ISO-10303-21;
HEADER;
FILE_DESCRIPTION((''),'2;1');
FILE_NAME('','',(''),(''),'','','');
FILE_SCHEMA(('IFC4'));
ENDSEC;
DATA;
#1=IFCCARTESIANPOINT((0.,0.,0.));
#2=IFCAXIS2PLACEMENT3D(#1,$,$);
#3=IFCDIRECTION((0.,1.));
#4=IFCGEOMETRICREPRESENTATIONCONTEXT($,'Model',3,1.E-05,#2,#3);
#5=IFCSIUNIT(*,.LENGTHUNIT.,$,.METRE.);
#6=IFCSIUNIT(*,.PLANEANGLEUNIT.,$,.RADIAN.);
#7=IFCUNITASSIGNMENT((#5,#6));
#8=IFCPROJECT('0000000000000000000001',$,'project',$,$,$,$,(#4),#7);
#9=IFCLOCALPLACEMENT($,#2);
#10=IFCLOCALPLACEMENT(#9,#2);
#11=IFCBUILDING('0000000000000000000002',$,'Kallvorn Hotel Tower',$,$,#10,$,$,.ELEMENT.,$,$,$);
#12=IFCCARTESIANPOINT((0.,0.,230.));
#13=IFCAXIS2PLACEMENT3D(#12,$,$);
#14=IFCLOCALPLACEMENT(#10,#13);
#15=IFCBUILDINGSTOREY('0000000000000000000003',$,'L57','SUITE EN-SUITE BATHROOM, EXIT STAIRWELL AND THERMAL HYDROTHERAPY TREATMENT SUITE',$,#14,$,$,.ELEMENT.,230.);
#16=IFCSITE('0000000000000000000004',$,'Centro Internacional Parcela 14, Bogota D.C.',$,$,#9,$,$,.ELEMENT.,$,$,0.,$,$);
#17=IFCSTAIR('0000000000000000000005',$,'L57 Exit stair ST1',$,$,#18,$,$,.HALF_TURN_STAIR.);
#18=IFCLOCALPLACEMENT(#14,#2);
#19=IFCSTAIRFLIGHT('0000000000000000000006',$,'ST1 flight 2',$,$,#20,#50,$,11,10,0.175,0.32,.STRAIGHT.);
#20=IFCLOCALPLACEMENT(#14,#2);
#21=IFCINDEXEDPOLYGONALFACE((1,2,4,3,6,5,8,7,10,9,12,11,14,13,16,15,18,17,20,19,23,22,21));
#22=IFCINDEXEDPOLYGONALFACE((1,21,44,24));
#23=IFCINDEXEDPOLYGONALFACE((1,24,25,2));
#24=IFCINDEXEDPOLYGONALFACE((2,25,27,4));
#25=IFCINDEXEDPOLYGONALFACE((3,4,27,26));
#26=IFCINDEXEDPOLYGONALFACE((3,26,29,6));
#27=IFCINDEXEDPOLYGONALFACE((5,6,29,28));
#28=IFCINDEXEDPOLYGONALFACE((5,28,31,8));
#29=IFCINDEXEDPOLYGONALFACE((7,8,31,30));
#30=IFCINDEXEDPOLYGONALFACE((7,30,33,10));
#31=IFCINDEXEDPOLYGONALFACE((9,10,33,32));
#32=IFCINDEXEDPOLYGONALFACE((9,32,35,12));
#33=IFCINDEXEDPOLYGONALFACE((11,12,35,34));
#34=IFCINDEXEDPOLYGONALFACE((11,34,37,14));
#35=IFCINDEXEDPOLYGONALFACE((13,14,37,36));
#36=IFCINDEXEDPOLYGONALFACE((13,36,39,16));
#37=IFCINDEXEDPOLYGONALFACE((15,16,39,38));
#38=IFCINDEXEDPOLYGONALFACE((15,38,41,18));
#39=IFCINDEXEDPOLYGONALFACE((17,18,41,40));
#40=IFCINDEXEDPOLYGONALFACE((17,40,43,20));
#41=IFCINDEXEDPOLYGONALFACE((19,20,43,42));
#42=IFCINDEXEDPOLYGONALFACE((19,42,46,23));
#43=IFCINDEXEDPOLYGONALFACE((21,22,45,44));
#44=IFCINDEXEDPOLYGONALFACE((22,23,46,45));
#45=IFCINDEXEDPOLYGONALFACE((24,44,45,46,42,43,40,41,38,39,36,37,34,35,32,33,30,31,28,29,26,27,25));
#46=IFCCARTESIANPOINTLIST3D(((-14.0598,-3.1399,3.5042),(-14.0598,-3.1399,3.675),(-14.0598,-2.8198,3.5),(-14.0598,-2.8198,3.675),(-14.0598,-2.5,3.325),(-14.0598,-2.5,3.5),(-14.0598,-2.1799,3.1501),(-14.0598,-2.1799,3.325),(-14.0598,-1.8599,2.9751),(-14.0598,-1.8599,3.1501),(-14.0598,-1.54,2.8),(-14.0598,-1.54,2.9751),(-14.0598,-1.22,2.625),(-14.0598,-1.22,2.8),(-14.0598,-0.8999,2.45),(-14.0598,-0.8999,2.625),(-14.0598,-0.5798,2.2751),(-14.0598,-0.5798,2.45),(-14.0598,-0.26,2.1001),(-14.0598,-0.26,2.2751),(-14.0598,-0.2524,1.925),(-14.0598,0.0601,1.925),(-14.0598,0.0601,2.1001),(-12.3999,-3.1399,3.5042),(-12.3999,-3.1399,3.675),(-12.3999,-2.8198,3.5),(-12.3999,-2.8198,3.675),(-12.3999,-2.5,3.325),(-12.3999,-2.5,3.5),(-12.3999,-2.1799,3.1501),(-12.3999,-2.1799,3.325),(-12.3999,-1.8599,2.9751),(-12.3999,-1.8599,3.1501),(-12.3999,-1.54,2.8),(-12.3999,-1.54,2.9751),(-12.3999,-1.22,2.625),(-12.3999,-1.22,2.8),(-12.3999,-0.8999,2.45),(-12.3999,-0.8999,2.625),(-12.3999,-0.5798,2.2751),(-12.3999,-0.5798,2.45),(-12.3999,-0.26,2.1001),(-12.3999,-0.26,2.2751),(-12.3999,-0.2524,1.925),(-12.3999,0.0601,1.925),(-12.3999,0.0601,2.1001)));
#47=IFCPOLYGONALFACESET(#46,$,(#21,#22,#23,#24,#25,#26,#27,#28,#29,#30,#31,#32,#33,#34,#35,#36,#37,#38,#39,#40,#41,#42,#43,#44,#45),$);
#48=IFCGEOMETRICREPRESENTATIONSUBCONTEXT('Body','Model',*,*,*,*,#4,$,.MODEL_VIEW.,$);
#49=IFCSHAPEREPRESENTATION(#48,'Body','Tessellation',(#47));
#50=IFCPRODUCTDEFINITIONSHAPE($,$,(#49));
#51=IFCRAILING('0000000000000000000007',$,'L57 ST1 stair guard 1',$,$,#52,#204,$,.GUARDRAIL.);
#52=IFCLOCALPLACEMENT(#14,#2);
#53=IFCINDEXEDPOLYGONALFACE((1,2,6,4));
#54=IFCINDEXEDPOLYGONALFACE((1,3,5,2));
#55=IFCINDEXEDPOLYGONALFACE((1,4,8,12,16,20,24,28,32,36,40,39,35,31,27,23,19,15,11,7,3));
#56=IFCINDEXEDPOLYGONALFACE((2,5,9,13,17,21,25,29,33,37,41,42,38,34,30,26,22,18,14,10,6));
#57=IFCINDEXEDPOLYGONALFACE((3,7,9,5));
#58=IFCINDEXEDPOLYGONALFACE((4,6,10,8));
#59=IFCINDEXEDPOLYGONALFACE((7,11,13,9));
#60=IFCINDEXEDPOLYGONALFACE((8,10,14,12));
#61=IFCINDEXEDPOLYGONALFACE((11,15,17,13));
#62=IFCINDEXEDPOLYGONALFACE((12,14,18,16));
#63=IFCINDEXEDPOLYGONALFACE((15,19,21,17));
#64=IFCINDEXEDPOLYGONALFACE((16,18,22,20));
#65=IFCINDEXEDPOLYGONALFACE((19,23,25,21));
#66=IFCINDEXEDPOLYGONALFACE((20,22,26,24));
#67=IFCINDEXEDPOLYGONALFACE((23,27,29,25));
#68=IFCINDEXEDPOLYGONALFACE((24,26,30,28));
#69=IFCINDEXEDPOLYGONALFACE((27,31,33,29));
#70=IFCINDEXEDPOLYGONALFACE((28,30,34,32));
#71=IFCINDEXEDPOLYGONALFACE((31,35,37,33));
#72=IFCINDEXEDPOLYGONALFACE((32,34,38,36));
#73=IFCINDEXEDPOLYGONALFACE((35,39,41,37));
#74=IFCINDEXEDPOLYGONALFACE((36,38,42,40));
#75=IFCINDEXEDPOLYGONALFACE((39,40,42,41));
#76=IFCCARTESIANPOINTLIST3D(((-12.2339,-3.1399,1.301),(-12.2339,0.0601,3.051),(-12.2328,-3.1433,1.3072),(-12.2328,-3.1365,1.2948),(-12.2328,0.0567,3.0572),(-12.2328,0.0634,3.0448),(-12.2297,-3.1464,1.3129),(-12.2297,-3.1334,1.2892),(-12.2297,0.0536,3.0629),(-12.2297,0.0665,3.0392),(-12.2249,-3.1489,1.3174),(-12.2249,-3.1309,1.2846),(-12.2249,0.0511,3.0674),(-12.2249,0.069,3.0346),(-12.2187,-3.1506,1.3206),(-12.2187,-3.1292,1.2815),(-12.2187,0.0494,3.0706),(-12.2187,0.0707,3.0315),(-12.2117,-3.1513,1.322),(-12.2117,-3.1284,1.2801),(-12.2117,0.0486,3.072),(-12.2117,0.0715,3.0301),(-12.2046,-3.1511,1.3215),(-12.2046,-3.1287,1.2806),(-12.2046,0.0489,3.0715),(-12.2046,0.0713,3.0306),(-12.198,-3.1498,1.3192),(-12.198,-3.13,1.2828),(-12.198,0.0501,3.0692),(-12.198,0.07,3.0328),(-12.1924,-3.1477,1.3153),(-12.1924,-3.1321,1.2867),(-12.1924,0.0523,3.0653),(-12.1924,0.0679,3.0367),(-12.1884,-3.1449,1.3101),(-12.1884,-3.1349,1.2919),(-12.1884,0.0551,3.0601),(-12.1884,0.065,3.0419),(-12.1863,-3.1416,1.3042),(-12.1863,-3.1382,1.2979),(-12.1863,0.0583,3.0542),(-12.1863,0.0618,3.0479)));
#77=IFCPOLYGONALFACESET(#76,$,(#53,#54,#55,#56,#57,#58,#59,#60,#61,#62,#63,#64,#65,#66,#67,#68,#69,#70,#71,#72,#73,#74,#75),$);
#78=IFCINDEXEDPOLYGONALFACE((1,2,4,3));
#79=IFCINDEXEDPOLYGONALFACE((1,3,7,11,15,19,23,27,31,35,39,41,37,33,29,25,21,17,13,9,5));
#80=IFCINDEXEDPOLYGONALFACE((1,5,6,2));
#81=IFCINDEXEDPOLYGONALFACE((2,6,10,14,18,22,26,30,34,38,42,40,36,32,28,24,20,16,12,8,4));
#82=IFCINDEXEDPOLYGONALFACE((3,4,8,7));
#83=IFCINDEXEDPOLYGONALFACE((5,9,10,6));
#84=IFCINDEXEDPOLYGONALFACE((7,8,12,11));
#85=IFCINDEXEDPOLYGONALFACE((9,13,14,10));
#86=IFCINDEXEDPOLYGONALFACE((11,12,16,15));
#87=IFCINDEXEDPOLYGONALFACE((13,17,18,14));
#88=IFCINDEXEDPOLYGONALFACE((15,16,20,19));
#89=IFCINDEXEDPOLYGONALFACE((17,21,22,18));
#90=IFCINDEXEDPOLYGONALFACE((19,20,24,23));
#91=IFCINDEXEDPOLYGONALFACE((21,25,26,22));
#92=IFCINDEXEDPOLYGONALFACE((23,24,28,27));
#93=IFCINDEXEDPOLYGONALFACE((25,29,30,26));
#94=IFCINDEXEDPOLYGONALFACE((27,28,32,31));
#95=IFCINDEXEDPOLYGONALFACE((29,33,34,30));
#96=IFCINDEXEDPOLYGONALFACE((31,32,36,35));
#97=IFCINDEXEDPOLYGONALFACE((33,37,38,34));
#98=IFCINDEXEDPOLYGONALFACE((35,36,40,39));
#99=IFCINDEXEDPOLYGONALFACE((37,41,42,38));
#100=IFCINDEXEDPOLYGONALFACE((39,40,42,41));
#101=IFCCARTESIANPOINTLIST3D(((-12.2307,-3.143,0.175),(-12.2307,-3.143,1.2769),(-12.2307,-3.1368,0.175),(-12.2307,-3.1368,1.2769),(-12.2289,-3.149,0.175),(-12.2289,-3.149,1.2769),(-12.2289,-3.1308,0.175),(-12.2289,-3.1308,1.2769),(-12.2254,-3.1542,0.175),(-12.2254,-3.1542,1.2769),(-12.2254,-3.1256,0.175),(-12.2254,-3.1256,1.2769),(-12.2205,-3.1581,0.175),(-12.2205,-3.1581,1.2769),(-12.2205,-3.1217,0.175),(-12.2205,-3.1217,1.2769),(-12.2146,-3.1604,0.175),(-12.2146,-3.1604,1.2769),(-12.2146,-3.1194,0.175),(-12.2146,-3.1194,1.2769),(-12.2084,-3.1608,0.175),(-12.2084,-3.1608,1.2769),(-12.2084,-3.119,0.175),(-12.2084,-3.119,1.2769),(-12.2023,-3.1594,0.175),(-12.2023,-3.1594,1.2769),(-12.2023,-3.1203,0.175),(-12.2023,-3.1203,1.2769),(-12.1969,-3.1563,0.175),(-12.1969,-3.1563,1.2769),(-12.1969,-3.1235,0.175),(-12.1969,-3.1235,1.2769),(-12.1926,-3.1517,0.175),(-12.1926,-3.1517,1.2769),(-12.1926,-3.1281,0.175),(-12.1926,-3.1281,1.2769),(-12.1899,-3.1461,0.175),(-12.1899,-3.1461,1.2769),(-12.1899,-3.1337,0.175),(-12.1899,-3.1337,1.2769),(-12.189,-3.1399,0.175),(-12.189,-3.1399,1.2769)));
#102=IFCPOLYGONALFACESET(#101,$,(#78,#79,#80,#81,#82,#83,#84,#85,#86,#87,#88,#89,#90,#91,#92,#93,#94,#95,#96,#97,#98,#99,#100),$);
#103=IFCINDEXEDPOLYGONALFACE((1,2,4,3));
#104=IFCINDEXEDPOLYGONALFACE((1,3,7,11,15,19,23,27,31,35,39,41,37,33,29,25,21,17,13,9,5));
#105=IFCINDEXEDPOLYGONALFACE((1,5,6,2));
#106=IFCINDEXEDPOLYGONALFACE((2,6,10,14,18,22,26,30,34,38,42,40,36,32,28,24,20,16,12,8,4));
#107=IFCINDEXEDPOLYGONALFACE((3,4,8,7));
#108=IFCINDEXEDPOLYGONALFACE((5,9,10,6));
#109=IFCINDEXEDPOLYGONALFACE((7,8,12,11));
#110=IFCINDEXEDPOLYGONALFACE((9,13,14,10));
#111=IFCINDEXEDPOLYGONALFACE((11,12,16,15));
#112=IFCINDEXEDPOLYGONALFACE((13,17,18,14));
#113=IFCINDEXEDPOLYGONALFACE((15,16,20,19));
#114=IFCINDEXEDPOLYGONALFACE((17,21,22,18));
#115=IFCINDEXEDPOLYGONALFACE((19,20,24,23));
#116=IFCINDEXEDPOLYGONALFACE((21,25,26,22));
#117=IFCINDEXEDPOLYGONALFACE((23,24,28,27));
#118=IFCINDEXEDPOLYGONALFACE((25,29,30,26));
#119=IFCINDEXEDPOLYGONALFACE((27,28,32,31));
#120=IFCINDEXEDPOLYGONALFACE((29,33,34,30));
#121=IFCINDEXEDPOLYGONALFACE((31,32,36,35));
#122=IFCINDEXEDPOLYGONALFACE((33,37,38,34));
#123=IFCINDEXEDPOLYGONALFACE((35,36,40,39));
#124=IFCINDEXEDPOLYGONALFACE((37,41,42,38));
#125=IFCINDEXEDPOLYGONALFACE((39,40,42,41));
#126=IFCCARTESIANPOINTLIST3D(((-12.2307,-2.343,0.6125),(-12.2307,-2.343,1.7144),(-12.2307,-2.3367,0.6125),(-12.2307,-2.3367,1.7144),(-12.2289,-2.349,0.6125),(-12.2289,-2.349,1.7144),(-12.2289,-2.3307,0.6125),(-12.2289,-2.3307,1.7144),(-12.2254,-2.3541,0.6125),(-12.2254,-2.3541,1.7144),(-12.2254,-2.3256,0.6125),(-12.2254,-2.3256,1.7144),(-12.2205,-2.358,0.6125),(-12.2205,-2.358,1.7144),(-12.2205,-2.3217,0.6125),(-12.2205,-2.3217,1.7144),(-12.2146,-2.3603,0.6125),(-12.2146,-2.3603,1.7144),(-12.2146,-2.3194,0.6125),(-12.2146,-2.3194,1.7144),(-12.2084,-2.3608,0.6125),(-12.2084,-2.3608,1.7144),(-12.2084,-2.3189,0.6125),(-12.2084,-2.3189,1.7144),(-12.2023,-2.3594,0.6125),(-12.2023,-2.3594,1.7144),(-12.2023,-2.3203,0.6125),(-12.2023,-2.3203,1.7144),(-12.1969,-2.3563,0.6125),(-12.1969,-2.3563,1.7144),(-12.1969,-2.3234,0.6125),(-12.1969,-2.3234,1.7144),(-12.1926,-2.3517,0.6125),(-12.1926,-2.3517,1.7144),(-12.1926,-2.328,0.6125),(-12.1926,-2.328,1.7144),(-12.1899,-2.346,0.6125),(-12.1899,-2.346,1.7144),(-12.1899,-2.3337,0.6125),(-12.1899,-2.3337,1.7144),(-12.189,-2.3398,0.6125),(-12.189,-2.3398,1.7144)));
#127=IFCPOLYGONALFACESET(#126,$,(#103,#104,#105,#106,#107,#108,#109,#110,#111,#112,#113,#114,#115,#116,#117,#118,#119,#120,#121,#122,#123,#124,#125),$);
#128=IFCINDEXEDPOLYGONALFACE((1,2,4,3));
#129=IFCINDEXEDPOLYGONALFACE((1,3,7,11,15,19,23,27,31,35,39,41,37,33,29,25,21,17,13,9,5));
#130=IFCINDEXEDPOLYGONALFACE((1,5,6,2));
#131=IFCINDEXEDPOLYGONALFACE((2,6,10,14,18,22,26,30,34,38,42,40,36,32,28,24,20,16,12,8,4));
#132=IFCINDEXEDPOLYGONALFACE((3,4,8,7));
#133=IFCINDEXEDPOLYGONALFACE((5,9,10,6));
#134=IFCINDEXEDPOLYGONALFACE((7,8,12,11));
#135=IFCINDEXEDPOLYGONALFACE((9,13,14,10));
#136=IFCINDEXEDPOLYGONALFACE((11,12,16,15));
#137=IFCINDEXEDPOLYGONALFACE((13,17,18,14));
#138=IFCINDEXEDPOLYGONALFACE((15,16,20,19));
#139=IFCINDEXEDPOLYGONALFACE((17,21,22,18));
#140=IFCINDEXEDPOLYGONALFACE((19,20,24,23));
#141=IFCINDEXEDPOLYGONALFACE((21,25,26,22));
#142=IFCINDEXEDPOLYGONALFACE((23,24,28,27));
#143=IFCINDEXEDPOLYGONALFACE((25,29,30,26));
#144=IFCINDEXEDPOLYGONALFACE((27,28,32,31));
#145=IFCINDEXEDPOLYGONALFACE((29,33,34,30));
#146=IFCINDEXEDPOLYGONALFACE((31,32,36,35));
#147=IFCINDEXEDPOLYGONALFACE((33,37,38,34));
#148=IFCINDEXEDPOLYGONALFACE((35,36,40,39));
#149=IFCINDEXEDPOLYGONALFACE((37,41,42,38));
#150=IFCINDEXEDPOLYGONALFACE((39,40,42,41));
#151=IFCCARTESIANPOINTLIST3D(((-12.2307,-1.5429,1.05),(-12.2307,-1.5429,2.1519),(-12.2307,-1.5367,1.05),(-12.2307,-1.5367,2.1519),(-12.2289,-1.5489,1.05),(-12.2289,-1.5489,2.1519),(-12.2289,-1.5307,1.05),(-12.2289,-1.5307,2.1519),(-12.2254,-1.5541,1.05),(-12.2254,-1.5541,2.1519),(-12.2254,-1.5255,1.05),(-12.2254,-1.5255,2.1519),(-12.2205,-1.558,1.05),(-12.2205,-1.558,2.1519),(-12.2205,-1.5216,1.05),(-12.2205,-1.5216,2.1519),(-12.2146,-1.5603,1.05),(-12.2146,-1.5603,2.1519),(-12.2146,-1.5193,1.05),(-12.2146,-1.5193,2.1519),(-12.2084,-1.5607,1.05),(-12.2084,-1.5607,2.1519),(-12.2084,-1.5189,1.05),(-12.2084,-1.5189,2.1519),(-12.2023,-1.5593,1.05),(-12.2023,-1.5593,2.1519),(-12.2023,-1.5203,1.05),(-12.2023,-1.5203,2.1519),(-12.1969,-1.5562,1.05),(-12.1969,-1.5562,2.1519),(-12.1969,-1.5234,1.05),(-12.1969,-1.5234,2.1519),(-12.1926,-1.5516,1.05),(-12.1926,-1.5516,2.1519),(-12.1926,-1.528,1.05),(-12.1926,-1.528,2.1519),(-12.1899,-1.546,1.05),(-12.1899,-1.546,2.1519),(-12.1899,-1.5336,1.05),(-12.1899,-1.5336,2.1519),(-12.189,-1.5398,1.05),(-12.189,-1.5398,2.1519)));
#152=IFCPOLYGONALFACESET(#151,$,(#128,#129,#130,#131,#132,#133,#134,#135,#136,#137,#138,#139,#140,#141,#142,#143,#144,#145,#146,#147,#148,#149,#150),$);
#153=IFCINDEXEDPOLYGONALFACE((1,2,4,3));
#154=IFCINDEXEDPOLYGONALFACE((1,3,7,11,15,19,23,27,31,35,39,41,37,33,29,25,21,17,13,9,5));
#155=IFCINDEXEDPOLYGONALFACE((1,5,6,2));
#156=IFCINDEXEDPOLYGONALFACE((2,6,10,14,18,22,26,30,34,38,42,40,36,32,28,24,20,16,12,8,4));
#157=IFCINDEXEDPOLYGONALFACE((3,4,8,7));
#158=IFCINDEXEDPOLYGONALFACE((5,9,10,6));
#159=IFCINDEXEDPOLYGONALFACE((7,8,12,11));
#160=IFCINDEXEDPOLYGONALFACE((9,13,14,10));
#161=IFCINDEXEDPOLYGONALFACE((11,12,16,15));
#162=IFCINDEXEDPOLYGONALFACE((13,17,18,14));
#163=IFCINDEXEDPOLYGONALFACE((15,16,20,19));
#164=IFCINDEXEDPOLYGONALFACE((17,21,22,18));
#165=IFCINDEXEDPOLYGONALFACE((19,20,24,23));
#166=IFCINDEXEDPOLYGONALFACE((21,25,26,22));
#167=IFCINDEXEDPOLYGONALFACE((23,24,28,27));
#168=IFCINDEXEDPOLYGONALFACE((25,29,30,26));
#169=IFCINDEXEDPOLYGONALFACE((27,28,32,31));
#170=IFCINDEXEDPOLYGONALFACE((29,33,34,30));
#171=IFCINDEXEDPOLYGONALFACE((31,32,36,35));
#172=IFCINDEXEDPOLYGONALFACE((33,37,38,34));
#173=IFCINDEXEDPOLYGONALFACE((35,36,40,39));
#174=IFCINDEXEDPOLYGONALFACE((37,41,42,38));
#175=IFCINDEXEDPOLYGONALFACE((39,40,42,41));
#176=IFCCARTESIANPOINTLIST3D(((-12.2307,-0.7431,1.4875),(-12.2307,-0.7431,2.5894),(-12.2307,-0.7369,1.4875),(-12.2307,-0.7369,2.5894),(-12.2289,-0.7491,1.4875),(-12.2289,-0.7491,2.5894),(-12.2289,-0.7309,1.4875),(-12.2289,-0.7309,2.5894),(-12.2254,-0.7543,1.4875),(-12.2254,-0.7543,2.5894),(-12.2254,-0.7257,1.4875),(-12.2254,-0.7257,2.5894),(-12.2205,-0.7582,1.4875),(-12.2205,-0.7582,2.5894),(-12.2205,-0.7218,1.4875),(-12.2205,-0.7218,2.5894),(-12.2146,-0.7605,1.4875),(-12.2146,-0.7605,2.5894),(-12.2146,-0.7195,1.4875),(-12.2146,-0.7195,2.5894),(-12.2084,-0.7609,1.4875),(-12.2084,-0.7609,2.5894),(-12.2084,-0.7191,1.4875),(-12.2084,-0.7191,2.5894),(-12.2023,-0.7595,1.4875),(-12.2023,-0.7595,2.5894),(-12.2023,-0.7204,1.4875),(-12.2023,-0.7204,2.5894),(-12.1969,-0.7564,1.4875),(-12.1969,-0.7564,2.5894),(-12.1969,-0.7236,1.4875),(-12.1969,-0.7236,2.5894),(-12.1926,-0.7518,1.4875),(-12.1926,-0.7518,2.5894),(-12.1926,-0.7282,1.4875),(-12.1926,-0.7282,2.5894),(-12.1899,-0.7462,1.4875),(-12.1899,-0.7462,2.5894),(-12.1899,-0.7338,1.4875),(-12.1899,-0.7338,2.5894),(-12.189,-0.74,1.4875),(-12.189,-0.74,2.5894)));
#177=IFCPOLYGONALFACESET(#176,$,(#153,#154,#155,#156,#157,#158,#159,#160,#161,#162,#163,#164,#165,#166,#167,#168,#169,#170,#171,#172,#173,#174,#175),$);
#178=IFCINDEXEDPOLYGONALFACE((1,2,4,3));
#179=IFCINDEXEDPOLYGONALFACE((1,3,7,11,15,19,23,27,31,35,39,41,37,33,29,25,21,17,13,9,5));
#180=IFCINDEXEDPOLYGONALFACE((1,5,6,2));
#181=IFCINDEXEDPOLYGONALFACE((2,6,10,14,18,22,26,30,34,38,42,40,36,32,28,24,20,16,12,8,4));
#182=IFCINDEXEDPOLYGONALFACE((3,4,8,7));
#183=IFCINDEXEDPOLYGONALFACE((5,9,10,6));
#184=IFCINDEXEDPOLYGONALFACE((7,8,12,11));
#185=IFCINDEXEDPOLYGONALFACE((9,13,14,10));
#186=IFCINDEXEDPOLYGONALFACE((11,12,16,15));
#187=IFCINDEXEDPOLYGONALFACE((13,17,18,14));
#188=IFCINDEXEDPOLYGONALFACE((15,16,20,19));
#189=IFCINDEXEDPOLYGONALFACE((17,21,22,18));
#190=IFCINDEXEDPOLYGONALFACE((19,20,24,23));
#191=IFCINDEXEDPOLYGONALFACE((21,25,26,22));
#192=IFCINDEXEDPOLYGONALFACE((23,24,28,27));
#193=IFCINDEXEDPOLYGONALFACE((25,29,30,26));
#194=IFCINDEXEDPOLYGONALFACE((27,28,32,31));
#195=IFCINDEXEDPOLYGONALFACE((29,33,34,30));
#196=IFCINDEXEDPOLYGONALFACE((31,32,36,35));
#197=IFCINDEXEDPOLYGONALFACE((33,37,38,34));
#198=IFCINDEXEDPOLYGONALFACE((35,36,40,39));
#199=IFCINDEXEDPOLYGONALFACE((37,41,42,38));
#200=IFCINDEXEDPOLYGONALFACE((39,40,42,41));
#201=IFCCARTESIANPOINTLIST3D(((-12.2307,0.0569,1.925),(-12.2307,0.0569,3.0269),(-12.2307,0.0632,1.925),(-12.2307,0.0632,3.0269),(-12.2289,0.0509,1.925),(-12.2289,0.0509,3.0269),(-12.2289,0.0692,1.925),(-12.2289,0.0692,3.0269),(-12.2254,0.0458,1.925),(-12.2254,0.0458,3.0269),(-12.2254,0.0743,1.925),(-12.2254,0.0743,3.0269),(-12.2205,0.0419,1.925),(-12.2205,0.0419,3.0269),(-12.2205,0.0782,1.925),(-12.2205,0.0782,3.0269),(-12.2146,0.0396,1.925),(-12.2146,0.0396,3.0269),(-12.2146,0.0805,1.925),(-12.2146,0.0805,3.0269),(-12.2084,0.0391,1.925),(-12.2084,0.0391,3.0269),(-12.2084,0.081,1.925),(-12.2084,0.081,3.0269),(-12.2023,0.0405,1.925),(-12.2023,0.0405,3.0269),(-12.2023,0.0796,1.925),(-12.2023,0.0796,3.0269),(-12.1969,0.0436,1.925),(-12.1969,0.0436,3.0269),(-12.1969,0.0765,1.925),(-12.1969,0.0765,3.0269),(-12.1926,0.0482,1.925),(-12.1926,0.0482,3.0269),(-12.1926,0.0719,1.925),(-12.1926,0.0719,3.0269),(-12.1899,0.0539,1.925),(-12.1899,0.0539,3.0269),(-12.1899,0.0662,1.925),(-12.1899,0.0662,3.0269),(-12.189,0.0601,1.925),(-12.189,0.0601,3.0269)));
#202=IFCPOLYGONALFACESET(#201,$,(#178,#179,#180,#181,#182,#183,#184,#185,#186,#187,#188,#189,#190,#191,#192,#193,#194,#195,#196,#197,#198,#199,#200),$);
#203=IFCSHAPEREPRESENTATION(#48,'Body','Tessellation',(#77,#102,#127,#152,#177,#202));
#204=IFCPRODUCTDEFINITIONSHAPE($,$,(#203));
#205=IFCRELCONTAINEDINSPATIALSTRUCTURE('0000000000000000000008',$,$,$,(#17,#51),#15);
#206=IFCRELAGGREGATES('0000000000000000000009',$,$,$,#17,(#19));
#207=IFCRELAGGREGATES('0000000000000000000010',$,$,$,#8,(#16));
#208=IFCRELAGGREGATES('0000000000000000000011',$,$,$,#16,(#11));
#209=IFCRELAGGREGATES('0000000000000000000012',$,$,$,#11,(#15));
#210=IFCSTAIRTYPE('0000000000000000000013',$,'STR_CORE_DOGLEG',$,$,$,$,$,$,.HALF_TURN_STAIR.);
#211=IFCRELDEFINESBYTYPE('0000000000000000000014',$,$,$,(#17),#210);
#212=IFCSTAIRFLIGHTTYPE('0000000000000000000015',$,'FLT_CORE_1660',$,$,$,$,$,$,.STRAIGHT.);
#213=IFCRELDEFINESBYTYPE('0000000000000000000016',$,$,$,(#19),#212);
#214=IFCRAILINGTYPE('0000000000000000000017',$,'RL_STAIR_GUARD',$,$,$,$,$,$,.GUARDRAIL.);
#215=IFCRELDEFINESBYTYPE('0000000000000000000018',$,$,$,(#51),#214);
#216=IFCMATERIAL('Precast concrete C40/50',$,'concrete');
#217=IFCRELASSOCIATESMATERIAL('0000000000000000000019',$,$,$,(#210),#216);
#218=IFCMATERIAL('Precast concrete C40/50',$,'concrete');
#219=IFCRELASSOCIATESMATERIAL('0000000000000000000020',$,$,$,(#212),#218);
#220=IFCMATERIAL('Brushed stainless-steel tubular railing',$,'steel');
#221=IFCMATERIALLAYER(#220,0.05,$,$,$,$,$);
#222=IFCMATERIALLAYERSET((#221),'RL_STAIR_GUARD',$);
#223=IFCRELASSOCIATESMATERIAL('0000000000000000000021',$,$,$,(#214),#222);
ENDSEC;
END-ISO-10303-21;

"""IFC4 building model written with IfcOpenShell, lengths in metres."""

from ifc_helpers import new_model, si_unit, direction, frame, origin, origin_2d, place, context, subcontext, project, spatial, polyline, circle, outline, extrude, material, layer, layer_set, type_object, element, aggregate, save


model = new_model("IFC4")

# Units and contexts
model_context = context("Model", 3, precision=1e-05, world=origin(), true_north=direction((0.0, 1.0)))
body_context = subcontext(model_context, "Body", "Model", "MODEL_VIEW")
ifc_project = project(units=[si_unit("LENGTHUNIT", "METRE"), si_unit("PLANEANGLEUNIT", "RADIAN")], contexts=[model_context])

# Site, building, storey
site_placement = place(None, origin())
site = spatial("IfcSite", under=ifc_project, at=site_placement, Name="Centro Internacional Parcela 14, Bogota D.C.", CompositionType="ELEMENT", RefElevation=0.0)
building_placement = place(site_placement, origin())
building = spatial("IfcBuilding", under=site, at=building_placement, Name="Kallvorn Hotel Tower", CompositionType="ELEMENT")
storey_placement = place(building_placement, frame((0.0, 0.0, 230.0)))
storey = spatial("IfcBuildingStorey", under=building, at=storey_placement, Name="L57", Description="SUITE EN-SUITE BATHROOM, EXIT STAIRWELL AND THERMAL HYDROTHERAPY TREATMENT SUITE", CompositionType="ELEMENT", Elevation=230.0)

# Stair, stair flight
ifc_material_1 = material(Name="Precast concrete C40/50", Category="concrete")
stair_type = type_object("IfcStairType", Name="STR_CORE_DOGLEG", PredefinedType="HALF_TURN_STAIR", material=ifc_material_1)
stair_placement = place(storey_placement, origin())
stair = element("IfcStair", 1, at=stair_placement, inside=storey, type_object=stair_type, Name="L57 Exit stair ST1", PredefinedType="HALF_TURN_STAIR")
ifc_material_2 = material(Name="Precast concrete C40/50", Category="concrete")
stair_flight_type = type_object("IfcStairFlightType", Name="FLT_CORE_1660", PredefinedType="STRAIGHT", material=ifc_material_2)
stair_flight_1_placement = place(storey_placement, frame((-13.23, 0.0601, 1.925), z_axis=(0.0, 0.0, 1.0), x_axis=(0.0, -1.0, 0.0)))
stair_flight_1 = element("IfcStairFlight", 2, at=stair_flight_1_placement, type_object=stair_flight_type, Name="ST1 flight 2", NumberOfRisers=11, NumberOfTreads=10, PredefinedType="STRAIGHT", RiserHeight=0.175, TreadLength=0.32, context=body_context, shape_type="SweptSolid", body=[
    extrude(outline(polyline([(0.0, 0.0), (0.0, 0.175), (0.3201, 0.175), (0.3201, 0.3501), (0.6399, 0.3501), (0.6399, 0.5249), (0.96, 0.5249), (0.96, 0.7), (1.28, 0.7), (1.28, 0.875), (1.6001, 0.875), (1.6001, 1.05), (1.9199, 1.05), (1.9199, 1.2251), (2.24, 1.2251), (2.24, 1.3999), (2.5601, 1.3999), (2.5601, 1.575), (2.8799, 1.575), (2.8799, 1.75), (3.2, 1.75), (3.2, 1.925), (3.2, 1.5791), (0.3125, 0.0), (0.0, 0.0)])), frame((0.0, 0.8301, 0.0), z_axis=(0.0, -1.0, 0.0), x_axis=(1.0, 0.0, 0.0)), (0.0, 0.0, 1.0), 1.6599),
])
aggregate(stair, [stair_flight_1])

# Railing
ifc_material_3 = material(Name="Brushed stainless-steel tubular railing", Category="steel")
ifc_layer_1 = layer(ifc_material_3, 0.05)
ifc_layer_set_1 = layer_set([ifc_layer_1], Name="RL_STAIR_GUARD")
railing_type_1 = type_object("IfcRailingType", Name="RL_STAIR_GUARD", PredefinedType="GUARDRAIL", material=ifc_layer_set_1)
railing_1_placement = place(storey_placement, frame((-12.21, -3.1399, 0.175)))
element("IfcRailing", 3, at=railing_1_placement, inside=storey, type_object=railing_type_1, Name="L57 ST1 stair guard 1", PredefinedType="GUARDRAIL", context=body_context, shape_type="SweptSolid", body=[
    extrude(circle(Radius=0.0239, at=origin_2d()), frame((0.0, 0.0, 1.126), z_axis=(0.0, 0.877368, 0.479818), x_axis=(-1.0, 0.0, 0.0)), (0.0, 0.0, 1.0), 3.6472),
    extrude(circle(Radius=0.021, at=origin_2d()), origin(), (0.0, 0.0, 1.0), 1.1018),
    extrude(circle(Radius=0.021, at=origin_2d()), frame((0.0, 0.8, 0.4375)), (0.0, 0.0, 1.0), 1.1018),
    extrude(circle(Radius=0.021, at=origin_2d()), frame((0.0, 1.6001, 0.875)), (0.0, 0.0, 1.0), 1.1018),
    extrude(circle(Radius=0.021, at=origin_2d()), frame((0.0, 2.3999, 1.3125)), (0.0, 0.0, 1.0), 1.1018),
    extrude(circle(Radius=0.021, at=origin_2d()), frame((0.0, 3.2, 1.75)), (0.0, 0.0, 1.0), 1.1018),
])

save(model, "model.ifc")
